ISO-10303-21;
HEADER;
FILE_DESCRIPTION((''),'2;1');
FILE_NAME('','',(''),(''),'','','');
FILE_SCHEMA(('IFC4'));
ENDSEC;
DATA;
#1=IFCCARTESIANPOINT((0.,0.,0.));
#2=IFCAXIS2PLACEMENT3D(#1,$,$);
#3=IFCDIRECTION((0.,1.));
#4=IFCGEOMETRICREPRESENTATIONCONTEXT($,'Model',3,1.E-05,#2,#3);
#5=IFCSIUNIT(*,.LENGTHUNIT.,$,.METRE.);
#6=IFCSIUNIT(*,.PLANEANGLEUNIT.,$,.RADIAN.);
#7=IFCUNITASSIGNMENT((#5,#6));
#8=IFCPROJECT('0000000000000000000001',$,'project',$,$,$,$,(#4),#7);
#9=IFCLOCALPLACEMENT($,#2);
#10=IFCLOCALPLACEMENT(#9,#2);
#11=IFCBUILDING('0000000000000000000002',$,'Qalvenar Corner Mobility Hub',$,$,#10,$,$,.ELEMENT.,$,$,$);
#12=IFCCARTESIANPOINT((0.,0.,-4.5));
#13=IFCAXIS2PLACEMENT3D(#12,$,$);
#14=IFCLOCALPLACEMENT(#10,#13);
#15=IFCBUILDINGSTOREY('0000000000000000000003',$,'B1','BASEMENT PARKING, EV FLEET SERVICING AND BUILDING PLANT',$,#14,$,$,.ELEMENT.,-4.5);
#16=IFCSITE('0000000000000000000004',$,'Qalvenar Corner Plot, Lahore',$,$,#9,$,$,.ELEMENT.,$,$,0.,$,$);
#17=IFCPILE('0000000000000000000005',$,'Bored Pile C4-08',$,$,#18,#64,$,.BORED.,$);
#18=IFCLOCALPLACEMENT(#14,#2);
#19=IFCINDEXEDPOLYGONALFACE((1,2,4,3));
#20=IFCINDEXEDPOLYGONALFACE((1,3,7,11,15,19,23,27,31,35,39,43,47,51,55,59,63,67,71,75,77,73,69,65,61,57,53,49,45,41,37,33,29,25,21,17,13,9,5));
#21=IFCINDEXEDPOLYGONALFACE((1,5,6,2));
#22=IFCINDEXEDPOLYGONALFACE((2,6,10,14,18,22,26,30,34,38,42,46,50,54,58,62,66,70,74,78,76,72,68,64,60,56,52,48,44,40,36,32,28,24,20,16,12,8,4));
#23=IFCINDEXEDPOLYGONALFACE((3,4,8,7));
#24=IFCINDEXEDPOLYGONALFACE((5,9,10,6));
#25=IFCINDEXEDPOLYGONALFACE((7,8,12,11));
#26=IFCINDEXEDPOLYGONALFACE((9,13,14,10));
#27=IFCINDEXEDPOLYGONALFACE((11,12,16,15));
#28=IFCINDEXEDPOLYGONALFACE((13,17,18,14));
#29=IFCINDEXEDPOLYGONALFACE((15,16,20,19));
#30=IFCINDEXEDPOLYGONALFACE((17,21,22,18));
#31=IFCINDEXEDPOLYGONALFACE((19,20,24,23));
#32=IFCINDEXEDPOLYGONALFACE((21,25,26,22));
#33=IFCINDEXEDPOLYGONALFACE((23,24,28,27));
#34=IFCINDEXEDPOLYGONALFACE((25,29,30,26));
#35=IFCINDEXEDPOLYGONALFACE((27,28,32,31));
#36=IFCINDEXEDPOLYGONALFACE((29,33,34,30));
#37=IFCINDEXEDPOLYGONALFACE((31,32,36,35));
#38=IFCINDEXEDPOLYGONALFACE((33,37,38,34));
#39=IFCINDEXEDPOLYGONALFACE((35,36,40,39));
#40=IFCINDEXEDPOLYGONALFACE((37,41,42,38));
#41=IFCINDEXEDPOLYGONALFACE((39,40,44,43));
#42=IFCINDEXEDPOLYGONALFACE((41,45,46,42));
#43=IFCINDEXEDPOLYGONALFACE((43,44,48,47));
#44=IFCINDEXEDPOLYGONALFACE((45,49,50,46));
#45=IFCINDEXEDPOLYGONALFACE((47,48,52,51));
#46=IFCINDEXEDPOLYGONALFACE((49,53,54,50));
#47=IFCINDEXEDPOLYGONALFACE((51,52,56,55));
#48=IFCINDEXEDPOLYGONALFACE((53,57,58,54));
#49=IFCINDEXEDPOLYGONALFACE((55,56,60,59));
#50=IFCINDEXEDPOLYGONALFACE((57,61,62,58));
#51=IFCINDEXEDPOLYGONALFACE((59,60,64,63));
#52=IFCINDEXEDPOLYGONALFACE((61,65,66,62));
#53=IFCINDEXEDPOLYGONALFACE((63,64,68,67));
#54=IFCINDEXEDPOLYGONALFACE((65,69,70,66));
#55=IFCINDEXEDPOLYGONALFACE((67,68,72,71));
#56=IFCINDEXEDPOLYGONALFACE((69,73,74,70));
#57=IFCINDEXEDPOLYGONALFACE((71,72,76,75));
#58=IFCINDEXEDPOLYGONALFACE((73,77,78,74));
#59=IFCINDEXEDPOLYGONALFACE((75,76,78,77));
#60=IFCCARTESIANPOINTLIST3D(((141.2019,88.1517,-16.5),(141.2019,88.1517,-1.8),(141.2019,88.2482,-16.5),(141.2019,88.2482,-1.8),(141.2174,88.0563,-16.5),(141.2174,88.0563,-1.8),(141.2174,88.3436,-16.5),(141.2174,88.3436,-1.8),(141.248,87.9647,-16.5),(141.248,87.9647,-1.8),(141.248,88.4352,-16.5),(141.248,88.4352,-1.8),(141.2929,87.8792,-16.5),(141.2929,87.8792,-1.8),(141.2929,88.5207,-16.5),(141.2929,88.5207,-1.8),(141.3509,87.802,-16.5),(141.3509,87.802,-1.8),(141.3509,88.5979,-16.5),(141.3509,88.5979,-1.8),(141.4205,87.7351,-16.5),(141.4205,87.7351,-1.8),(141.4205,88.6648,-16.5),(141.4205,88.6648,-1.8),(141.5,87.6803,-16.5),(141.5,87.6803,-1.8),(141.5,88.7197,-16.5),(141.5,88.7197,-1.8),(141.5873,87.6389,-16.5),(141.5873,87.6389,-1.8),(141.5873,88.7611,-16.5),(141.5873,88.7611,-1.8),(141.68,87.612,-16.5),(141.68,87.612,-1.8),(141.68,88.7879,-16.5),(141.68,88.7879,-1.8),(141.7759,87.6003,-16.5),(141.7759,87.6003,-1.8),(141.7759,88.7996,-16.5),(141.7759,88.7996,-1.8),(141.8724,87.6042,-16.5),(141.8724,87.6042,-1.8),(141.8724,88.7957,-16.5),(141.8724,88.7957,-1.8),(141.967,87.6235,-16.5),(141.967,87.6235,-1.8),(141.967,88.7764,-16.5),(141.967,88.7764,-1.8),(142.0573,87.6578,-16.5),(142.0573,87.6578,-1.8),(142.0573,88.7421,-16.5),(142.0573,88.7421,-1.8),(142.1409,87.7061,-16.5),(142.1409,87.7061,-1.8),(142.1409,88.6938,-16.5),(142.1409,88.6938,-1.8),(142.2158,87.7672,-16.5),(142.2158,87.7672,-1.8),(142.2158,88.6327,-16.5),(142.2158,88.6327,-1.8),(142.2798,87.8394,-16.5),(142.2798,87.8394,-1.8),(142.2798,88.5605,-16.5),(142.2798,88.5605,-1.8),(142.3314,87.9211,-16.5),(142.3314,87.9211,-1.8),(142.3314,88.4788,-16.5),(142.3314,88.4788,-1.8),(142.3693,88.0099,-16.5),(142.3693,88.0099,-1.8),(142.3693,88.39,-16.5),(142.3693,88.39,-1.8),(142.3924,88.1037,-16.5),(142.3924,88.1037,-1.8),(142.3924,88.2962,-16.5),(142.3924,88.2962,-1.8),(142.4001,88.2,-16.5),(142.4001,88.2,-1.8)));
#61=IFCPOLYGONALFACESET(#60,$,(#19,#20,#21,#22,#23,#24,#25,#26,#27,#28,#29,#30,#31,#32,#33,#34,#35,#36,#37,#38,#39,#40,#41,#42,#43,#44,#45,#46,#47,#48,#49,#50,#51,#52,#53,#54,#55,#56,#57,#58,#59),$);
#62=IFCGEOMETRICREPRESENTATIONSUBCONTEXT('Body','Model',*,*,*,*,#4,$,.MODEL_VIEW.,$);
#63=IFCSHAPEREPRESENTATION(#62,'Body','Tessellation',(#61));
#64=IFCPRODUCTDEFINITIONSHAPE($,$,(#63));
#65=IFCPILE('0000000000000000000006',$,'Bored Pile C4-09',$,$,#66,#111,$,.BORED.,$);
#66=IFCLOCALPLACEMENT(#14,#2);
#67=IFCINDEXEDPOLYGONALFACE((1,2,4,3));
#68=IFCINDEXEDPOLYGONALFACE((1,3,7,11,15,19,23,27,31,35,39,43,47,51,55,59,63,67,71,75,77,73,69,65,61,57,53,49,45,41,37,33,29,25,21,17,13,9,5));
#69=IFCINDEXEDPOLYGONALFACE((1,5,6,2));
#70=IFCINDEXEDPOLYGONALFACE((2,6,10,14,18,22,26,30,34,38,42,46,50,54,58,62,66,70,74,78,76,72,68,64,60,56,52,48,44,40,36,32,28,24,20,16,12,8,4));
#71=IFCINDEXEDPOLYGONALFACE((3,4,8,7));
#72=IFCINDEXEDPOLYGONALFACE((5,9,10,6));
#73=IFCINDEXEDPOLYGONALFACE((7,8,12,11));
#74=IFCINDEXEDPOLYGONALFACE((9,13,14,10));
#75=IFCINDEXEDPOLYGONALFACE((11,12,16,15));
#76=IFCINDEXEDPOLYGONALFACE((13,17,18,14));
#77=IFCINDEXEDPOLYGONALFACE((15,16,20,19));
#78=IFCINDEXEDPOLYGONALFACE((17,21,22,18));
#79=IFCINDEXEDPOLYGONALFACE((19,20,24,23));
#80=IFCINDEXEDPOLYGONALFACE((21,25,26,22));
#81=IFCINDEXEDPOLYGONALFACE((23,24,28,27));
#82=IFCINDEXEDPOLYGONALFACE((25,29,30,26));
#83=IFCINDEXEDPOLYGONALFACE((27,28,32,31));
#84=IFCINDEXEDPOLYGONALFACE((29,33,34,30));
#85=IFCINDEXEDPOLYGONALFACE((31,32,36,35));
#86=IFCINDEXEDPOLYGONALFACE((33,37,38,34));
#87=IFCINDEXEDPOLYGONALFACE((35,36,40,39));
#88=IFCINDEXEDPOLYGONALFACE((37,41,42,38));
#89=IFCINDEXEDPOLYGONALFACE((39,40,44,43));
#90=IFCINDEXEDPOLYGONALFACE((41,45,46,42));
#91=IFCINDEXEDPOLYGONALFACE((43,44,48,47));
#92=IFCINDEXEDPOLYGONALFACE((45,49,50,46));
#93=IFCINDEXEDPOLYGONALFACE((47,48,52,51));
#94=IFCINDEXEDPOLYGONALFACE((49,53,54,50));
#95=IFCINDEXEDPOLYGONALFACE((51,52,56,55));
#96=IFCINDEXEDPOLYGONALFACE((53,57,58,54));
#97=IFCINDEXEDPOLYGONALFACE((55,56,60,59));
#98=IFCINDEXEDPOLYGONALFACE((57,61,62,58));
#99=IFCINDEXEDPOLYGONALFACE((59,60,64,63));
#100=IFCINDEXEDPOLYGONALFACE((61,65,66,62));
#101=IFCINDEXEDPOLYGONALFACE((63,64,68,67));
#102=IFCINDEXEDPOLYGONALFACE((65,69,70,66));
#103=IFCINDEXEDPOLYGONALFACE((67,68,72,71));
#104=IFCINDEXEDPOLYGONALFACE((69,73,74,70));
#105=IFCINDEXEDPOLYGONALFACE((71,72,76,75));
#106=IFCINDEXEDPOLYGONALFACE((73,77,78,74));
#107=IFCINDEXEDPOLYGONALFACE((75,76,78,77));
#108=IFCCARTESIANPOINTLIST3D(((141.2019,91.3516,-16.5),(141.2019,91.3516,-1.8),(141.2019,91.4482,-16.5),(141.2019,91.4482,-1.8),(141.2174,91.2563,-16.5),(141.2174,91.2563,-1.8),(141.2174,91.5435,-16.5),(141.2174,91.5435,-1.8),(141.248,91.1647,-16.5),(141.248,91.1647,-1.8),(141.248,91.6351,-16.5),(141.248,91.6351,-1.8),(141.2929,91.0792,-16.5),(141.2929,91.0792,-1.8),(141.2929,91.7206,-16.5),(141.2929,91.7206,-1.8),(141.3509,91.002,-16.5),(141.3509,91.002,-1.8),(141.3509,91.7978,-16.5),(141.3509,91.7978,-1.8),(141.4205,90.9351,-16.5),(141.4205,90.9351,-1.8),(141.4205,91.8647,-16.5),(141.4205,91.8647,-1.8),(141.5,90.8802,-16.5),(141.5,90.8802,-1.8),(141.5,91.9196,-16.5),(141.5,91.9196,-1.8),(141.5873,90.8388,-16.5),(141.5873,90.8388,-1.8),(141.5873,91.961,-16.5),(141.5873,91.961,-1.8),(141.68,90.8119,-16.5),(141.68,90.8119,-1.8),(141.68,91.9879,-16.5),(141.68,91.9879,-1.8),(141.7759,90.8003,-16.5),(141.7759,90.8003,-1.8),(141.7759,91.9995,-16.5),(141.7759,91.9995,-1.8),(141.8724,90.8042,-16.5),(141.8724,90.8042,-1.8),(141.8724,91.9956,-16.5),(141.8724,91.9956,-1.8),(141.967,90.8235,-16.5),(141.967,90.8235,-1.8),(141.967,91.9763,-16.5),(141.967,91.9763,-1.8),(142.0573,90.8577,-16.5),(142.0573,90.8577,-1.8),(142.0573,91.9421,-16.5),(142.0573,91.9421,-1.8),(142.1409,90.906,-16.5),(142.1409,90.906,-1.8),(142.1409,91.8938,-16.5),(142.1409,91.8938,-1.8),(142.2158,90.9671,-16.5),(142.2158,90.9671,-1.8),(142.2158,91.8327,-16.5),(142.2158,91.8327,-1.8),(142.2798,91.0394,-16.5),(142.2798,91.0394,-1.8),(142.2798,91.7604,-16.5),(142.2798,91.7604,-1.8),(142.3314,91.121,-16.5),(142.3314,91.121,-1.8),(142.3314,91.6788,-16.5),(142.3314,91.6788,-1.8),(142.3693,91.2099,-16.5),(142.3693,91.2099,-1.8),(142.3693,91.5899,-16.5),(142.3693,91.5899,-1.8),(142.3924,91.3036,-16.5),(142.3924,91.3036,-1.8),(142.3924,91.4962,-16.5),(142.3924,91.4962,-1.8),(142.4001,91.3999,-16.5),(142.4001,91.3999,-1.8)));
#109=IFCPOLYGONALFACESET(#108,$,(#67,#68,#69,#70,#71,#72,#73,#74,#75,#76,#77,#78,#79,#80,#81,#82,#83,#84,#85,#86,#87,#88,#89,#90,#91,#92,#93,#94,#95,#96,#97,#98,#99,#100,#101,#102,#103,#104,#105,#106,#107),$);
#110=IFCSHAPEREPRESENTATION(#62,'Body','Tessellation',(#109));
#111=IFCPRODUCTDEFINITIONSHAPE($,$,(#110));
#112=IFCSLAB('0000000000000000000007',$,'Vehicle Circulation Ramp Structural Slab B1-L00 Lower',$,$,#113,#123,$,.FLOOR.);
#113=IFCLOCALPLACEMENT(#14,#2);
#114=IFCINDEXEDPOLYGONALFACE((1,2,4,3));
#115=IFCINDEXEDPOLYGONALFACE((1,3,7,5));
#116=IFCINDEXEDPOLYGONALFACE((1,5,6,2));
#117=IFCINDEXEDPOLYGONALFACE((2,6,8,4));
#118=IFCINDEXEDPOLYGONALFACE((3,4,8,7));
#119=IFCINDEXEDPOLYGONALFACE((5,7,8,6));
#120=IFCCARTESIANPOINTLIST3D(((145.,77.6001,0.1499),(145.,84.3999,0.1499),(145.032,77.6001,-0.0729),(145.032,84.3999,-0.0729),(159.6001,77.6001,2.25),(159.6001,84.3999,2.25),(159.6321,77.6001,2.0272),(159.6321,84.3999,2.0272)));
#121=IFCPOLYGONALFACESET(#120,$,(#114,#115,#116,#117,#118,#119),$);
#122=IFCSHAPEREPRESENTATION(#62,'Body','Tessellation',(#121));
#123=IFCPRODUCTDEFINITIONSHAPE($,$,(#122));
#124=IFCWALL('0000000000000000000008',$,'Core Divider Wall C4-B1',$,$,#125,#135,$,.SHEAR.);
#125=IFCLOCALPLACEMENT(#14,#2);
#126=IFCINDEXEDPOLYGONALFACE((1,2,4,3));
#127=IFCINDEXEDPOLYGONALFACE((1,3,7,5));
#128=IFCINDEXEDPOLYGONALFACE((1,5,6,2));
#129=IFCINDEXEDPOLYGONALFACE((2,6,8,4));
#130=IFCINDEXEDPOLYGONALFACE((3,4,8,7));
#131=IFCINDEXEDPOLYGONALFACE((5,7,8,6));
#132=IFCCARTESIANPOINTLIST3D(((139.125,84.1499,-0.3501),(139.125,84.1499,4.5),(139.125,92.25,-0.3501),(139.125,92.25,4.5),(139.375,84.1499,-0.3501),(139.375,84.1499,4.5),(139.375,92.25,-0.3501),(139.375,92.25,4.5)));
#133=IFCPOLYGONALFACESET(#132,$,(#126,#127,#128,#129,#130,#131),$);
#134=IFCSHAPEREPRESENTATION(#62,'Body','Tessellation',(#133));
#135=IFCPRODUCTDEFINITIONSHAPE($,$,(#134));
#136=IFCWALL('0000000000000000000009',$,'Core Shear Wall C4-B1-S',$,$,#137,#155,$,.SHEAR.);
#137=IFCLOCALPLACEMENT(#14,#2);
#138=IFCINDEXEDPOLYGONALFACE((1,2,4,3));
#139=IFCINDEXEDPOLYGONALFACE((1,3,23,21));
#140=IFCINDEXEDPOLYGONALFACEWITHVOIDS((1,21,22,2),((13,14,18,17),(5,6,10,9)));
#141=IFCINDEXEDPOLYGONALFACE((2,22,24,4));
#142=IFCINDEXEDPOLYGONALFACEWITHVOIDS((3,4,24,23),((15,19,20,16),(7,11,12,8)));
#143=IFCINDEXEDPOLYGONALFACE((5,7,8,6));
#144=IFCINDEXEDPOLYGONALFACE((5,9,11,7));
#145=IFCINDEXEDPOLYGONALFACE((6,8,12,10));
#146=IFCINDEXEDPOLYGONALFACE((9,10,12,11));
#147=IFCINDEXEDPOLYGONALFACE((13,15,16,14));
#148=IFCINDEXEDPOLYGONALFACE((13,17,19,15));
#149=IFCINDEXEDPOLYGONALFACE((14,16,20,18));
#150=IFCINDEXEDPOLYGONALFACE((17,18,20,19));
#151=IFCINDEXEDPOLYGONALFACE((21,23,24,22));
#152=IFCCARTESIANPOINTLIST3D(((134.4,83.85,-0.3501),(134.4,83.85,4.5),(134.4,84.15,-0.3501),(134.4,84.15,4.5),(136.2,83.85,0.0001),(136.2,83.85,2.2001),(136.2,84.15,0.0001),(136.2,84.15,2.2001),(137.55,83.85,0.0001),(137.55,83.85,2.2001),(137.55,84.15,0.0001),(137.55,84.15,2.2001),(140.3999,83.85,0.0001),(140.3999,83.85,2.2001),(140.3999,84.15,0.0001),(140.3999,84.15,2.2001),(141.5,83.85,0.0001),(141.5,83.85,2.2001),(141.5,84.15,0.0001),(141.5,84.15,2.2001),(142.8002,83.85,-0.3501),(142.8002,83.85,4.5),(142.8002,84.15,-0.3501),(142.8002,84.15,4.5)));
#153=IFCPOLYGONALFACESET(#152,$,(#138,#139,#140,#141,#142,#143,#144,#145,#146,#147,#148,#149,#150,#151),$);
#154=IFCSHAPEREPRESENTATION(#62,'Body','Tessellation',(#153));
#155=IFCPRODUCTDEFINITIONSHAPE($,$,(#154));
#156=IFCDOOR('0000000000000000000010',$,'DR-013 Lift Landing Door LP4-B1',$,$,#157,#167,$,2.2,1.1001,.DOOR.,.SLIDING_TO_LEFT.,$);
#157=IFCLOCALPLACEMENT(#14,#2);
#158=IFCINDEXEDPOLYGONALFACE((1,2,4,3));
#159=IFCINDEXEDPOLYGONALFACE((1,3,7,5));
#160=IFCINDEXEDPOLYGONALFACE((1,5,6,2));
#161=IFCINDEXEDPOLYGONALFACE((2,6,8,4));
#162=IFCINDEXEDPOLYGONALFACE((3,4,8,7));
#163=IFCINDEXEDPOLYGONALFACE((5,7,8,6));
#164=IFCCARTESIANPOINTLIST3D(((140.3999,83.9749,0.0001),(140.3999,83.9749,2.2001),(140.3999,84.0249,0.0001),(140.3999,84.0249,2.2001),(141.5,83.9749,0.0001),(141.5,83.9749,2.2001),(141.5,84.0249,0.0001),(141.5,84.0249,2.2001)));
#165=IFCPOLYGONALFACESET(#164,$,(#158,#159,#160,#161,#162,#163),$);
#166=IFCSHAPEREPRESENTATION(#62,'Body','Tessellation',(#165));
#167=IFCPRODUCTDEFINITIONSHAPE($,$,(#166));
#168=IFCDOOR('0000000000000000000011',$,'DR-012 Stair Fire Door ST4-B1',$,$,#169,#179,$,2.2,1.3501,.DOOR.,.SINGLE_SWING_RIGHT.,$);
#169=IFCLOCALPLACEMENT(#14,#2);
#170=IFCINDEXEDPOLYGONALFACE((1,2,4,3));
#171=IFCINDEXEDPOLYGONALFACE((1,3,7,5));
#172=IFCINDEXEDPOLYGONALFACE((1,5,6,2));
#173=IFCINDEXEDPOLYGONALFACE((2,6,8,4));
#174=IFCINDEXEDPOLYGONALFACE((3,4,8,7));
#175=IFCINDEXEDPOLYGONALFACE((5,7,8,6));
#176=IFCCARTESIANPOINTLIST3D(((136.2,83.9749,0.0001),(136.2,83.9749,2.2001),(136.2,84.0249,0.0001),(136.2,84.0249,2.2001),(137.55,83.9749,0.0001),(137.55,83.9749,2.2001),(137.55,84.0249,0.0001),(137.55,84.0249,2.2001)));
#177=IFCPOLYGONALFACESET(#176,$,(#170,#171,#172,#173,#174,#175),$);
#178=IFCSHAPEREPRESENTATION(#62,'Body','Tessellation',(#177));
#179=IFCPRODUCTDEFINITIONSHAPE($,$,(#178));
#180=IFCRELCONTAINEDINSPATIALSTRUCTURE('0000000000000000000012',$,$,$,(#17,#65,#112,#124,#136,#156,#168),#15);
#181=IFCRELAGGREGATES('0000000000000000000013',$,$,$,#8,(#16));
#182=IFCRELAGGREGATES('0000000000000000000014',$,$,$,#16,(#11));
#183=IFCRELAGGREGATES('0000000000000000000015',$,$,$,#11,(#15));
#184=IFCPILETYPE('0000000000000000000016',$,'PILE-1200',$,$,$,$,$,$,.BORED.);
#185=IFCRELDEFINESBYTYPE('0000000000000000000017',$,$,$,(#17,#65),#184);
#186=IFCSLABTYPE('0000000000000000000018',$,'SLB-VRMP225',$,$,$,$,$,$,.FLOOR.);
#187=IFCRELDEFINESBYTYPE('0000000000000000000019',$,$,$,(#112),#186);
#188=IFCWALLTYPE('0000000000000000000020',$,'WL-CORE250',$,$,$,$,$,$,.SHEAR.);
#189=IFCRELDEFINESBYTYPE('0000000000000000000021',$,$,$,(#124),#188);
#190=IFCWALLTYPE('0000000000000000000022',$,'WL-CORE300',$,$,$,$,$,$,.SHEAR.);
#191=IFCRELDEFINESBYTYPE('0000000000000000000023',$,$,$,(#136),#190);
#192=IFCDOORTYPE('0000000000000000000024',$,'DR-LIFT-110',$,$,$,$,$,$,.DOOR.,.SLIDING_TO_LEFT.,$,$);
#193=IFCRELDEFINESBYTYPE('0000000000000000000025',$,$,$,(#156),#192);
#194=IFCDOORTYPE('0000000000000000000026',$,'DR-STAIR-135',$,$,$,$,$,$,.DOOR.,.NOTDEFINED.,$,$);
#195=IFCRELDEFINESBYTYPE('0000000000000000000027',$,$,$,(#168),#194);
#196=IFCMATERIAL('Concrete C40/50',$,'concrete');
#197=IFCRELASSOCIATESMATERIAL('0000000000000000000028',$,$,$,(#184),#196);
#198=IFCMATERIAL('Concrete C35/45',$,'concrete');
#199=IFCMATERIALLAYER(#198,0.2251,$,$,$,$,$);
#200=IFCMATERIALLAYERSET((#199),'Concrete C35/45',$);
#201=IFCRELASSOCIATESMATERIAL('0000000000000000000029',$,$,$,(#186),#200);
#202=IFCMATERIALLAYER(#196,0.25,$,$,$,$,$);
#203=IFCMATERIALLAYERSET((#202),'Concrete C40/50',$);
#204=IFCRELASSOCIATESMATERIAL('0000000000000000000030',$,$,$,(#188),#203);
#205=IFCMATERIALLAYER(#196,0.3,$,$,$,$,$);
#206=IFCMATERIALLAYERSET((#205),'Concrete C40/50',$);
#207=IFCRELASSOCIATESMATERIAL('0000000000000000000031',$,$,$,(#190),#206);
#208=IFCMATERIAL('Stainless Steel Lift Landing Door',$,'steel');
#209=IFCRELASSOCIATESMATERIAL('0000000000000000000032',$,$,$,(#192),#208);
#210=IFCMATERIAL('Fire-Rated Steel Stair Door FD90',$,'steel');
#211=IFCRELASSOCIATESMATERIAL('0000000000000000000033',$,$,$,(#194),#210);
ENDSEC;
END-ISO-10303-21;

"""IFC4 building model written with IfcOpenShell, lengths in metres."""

from ifc_helpers import new_model, si_unit, direction, frame, frame_2d, origin, origin_2d, place, context, subcontext, project, spatial, polyline, rectangle, circle, outline, extrude, material, layer, layer_set, material_profile, profile_set, type_object, element, fill, save


model = new_model("IFC4")

# Units and contexts
model_context = context("Model", 3, precision=1e-05, world=origin(), true_north=direction((0.0, 1.0)))
body_context = subcontext(model_context, "Body", "Model", "MODEL_VIEW")
ifc_project = project(units=[si_unit("LENGTHUNIT", "METRE"), si_unit("PLANEANGLEUNIT", "RADIAN")], contexts=[model_context])

# Site, building, storey
site_placement = place(None, origin())
site = spatial("IfcSite", under=ifc_project, at=site_placement, Name="Qalvenar Corner Plot, Lahore", CompositionType="ELEMENT", RefElevation=0.0)
building_placement = place(site_placement, origin())
building = spatial("IfcBuilding", under=site, at=building_placement, Name="Qalvenar Corner Mobility Hub", CompositionType="ELEMENT")
storey_placement = place(building_placement, frame((0.0, 0.0, -4.5)))
storey = spatial("IfcBuildingStorey", under=building, at=storey_placement, Name="B1", Description="BASEMENT PARKING, EV FLEET SERVICING AND BUILDING PLANT", CompositionType="ELEMENT", Elevation=-4.5)

# Shared definitions
ifc_material_1 = material(Name="Concrete C40/50", Category="concrete")

# Piles
ifc_material_profile_1 = material_profile(ifc_material_1, circle(Radius=0.6001, at=origin_2d()), Name="DIA1200")
ifc_profile_set_1 = profile_set([ifc_material_profile_1], Name="Concrete C40/50")
pile_type_1 = type_object("IfcPileType", Name="PILE-1200", PredefinedType="BORED", material=ifc_profile_set_1)
for number, where, z_axis, x_axis, name in (
    (1, (141.8, 88.2, -1.8), (0.0, 0.0, -1.0), (1.0, 0.0, 0.0), "Bored Pile C4-08"),
    (2, (141.8, 91.3999, -1.8), (0.0, 0.0, -1.0), (1.0, 0.0, 0.0), "Bored Pile C4-09"),
):
    element("IfcPile", number, at=place(storey_placement, frame(where, z_axis=z_axis, x_axis=x_axis)), inside=storey, type_object=pile_type_1, Name=name, PredefinedType="BORED", context=body_context, shape_type="SweptSolid", body=[
        extrude(circle(Radius=0.6001, at=origin_2d()), origin(), (0.0, 0.0, 1.0), 14.7),
    ])

# Slab
ifc_material_2 = material(Name="Concrete C35/45", Category="concrete")
ifc_layer_1 = layer(ifc_material_2, 0.2251)
ifc_layer_set_1 = layer_set([ifc_layer_1], Name="Concrete C35/45")
slab_type = type_object("IfcSlabType", Name="SLB-VRMP225", PredefinedType="FLOOR", material=ifc_layer_set_1)
slab_placement = place(storey_placement, frame((145.0, 77.6001, 0.1499), z_axis=(-0.142376, 0.0, 0.989813), x_axis=(0.989813, 0.0, 0.142376)))
element("IfcSlab", 3, at=slab_placement, inside=storey, type_object=slab_type, Name="Vehicle Circulation Ramp Structural Slab B1-L00 Lower", PredefinedType="FLOOR", context=body_context, shape_type="SweptSolid", body=[
    extrude(outline(polyline([(0.0, 0.0), (14.7504, 0.0), (14.7504, 6.7998), (0.0, 6.7998), (0.0, 0.0)])), origin(), (0.0, 0.0, -1.0), 0.2251),
])

# Wall
ifc_layer_2 = layer(ifc_material_1, 0.25)
ifc_layer_set_2 = layer_set([ifc_layer_2], Name="Concrete C40/50")
wall_type_1 = type_object("IfcWallType", Name="WL-CORE250", PredefinedType="SHEAR", material=ifc_layer_set_2)
wall_1_placement = place(storey_placement, frame((139.25, 84.1499, -0.3501), z_axis=(0.0, 0.0, 1.0), x_axis=(0.0, 1.0, 0.0)))
element("IfcWall", 4, at=wall_1_placement, inside=storey, type_object=wall_type_1, Name="Core Divider Wall C4-B1", PredefinedType="SHEAR", context=body_context, shape_type="SweptSolid", body=[
    extrude(rectangle(XDim=8.1001, YDim=0.25, at=frame_2d((4.05, 0.0))), origin(), (0.0, 0.0, 1.0), 4.8501),
])

# Wall, openings, doors
ifc_layer_3 = layer(ifc_material_1, 0.3)
ifc_layer_set_3 = layer_set([ifc_layer_3], Name="Concrete C40/50")
wall_type_2 = type_object("IfcWallType", Name="WL-CORE300", PredefinedType="SHEAR", material=ifc_layer_set_3)
wall_2_placement = place(storey_placement, frame((134.3999, 84.0, -0.3501), z_axis=(0.0, 0.0, 1.0), x_axis=(1.0, 0.0, 0.0)))
wall_2 = element("IfcWall", 5, at=wall_2_placement, inside=storey, type_object=wall_type_2, Name="Core Shear Wall C4-B1-S", PredefinedType="SHEAR", context=body_context, shape_type="SweptSolid", body=[
    extrude(rectangle(XDim=8.4001, YDim=0.3, at=frame_2d((4.2002, 0.0))), origin(), (0.0, 0.0, 1.0), 4.8501),
])
opening_1_placement = place(wall_2_placement, frame((1.8, 0.0, 0.3501)))
opening_1 = element("IfcOpeningElement", 6, at=opening_1_placement, cuts=wall_2, PredefinedType="OPENING", context=body_context, shape_type="SweptSolid", body=[
    extrude(rectangle(XDim=1.3501, YDim=2.2, at=frame_2d((0.675, 1.1001))), frame((0.0, 0.1602, 0.0), z_axis=(0.0, -1.0, 0.0), x_axis=(1.0, 0.0, 0.0)), (0.0, 0.0, 1.0), 0.3201),
])
opening_2_placement = place(wall_2_placement, frame((6.0, 0.0, 0.3501)))
opening_2 = element("IfcOpeningElement", 7, at=opening_2_placement, cuts=wall_2, PredefinedType="OPENING", context=body_context, shape_type="SweptSolid", body=[
    extrude(rectangle(XDim=1.1001, YDim=2.2, at=frame_2d((0.55, 1.1001))), frame((0.0, 0.1602, 0.0), z_axis=(0.0, -1.0, 0.0), x_axis=(1.0, 0.0, 0.0)), (0.0, 0.0, 1.0), 0.3201),
])
ifc_material_3 = material(Name="Stainless Steel Lift Landing Door", Category="steel")
door_type_1 = type_object("IfcDoorType", Name="DR-LIFT-110", OperationType="SLIDING_TO_LEFT", PredefinedType="DOOR", material=ifc_material_3)
door_1_placement = place(opening_2_placement, origin())
door_1 = element("IfcDoor", 8, at=door_1_placement, inside=storey, type_object=door_type_1, Name="DR-013 Lift Landing Door LP4-B1", OperationType="SLIDING_TO_LEFT", OverallHeight=2.2, OverallWidth=1.1001, PredefinedType="DOOR", context=body_context, shape_type="SweptSolid", body=[
    extrude(rectangle(XDim=1.1001, YDim=2.2, at=frame_2d((0.55, 1.1001))), frame((0.0, 0.0249, 0.0), z_axis=(0.0, -1.0, 0.0), x_axis=(1.0, 0.0, 0.0)), (0.0, 0.0, 1.0), 0.05),
])
fill(opening_2, door_1)
ifc_material_4 = material(Name="Fire-Rated Steel Stair Door FD90", Category="steel")
door_type_2 = type_object("IfcDoorType", Name="DR-STAIR-135", OperationType="NOTDEFINED", PredefinedType="DOOR", material=ifc_material_4)
door_2_placement = place(opening_1_placement, origin())
door_2 = element("IfcDoor", 9, at=door_2_placement, inside=storey, type_object=door_type_2, Name="DR-012 Stair Fire Door ST4-B1", OperationType="SINGLE_SWING_RIGHT", OverallHeight=2.2, OverallWidth=1.3501, PredefinedType="DOOR", context=body_context, shape_type="SweptSolid", body=[
    extrude(rectangle(XDim=1.3501, YDim=2.2, at=frame_2d((0.675, 1.1001))), frame((0.0, 0.0249, 0.0), z_axis=(0.0, -1.0, 0.0), x_axis=(1.0, 0.0, 0.0)), (0.0, 0.0, 1.0), 0.05),
])
fill(opening_1, door_2)

save(model, "model.ifc")
